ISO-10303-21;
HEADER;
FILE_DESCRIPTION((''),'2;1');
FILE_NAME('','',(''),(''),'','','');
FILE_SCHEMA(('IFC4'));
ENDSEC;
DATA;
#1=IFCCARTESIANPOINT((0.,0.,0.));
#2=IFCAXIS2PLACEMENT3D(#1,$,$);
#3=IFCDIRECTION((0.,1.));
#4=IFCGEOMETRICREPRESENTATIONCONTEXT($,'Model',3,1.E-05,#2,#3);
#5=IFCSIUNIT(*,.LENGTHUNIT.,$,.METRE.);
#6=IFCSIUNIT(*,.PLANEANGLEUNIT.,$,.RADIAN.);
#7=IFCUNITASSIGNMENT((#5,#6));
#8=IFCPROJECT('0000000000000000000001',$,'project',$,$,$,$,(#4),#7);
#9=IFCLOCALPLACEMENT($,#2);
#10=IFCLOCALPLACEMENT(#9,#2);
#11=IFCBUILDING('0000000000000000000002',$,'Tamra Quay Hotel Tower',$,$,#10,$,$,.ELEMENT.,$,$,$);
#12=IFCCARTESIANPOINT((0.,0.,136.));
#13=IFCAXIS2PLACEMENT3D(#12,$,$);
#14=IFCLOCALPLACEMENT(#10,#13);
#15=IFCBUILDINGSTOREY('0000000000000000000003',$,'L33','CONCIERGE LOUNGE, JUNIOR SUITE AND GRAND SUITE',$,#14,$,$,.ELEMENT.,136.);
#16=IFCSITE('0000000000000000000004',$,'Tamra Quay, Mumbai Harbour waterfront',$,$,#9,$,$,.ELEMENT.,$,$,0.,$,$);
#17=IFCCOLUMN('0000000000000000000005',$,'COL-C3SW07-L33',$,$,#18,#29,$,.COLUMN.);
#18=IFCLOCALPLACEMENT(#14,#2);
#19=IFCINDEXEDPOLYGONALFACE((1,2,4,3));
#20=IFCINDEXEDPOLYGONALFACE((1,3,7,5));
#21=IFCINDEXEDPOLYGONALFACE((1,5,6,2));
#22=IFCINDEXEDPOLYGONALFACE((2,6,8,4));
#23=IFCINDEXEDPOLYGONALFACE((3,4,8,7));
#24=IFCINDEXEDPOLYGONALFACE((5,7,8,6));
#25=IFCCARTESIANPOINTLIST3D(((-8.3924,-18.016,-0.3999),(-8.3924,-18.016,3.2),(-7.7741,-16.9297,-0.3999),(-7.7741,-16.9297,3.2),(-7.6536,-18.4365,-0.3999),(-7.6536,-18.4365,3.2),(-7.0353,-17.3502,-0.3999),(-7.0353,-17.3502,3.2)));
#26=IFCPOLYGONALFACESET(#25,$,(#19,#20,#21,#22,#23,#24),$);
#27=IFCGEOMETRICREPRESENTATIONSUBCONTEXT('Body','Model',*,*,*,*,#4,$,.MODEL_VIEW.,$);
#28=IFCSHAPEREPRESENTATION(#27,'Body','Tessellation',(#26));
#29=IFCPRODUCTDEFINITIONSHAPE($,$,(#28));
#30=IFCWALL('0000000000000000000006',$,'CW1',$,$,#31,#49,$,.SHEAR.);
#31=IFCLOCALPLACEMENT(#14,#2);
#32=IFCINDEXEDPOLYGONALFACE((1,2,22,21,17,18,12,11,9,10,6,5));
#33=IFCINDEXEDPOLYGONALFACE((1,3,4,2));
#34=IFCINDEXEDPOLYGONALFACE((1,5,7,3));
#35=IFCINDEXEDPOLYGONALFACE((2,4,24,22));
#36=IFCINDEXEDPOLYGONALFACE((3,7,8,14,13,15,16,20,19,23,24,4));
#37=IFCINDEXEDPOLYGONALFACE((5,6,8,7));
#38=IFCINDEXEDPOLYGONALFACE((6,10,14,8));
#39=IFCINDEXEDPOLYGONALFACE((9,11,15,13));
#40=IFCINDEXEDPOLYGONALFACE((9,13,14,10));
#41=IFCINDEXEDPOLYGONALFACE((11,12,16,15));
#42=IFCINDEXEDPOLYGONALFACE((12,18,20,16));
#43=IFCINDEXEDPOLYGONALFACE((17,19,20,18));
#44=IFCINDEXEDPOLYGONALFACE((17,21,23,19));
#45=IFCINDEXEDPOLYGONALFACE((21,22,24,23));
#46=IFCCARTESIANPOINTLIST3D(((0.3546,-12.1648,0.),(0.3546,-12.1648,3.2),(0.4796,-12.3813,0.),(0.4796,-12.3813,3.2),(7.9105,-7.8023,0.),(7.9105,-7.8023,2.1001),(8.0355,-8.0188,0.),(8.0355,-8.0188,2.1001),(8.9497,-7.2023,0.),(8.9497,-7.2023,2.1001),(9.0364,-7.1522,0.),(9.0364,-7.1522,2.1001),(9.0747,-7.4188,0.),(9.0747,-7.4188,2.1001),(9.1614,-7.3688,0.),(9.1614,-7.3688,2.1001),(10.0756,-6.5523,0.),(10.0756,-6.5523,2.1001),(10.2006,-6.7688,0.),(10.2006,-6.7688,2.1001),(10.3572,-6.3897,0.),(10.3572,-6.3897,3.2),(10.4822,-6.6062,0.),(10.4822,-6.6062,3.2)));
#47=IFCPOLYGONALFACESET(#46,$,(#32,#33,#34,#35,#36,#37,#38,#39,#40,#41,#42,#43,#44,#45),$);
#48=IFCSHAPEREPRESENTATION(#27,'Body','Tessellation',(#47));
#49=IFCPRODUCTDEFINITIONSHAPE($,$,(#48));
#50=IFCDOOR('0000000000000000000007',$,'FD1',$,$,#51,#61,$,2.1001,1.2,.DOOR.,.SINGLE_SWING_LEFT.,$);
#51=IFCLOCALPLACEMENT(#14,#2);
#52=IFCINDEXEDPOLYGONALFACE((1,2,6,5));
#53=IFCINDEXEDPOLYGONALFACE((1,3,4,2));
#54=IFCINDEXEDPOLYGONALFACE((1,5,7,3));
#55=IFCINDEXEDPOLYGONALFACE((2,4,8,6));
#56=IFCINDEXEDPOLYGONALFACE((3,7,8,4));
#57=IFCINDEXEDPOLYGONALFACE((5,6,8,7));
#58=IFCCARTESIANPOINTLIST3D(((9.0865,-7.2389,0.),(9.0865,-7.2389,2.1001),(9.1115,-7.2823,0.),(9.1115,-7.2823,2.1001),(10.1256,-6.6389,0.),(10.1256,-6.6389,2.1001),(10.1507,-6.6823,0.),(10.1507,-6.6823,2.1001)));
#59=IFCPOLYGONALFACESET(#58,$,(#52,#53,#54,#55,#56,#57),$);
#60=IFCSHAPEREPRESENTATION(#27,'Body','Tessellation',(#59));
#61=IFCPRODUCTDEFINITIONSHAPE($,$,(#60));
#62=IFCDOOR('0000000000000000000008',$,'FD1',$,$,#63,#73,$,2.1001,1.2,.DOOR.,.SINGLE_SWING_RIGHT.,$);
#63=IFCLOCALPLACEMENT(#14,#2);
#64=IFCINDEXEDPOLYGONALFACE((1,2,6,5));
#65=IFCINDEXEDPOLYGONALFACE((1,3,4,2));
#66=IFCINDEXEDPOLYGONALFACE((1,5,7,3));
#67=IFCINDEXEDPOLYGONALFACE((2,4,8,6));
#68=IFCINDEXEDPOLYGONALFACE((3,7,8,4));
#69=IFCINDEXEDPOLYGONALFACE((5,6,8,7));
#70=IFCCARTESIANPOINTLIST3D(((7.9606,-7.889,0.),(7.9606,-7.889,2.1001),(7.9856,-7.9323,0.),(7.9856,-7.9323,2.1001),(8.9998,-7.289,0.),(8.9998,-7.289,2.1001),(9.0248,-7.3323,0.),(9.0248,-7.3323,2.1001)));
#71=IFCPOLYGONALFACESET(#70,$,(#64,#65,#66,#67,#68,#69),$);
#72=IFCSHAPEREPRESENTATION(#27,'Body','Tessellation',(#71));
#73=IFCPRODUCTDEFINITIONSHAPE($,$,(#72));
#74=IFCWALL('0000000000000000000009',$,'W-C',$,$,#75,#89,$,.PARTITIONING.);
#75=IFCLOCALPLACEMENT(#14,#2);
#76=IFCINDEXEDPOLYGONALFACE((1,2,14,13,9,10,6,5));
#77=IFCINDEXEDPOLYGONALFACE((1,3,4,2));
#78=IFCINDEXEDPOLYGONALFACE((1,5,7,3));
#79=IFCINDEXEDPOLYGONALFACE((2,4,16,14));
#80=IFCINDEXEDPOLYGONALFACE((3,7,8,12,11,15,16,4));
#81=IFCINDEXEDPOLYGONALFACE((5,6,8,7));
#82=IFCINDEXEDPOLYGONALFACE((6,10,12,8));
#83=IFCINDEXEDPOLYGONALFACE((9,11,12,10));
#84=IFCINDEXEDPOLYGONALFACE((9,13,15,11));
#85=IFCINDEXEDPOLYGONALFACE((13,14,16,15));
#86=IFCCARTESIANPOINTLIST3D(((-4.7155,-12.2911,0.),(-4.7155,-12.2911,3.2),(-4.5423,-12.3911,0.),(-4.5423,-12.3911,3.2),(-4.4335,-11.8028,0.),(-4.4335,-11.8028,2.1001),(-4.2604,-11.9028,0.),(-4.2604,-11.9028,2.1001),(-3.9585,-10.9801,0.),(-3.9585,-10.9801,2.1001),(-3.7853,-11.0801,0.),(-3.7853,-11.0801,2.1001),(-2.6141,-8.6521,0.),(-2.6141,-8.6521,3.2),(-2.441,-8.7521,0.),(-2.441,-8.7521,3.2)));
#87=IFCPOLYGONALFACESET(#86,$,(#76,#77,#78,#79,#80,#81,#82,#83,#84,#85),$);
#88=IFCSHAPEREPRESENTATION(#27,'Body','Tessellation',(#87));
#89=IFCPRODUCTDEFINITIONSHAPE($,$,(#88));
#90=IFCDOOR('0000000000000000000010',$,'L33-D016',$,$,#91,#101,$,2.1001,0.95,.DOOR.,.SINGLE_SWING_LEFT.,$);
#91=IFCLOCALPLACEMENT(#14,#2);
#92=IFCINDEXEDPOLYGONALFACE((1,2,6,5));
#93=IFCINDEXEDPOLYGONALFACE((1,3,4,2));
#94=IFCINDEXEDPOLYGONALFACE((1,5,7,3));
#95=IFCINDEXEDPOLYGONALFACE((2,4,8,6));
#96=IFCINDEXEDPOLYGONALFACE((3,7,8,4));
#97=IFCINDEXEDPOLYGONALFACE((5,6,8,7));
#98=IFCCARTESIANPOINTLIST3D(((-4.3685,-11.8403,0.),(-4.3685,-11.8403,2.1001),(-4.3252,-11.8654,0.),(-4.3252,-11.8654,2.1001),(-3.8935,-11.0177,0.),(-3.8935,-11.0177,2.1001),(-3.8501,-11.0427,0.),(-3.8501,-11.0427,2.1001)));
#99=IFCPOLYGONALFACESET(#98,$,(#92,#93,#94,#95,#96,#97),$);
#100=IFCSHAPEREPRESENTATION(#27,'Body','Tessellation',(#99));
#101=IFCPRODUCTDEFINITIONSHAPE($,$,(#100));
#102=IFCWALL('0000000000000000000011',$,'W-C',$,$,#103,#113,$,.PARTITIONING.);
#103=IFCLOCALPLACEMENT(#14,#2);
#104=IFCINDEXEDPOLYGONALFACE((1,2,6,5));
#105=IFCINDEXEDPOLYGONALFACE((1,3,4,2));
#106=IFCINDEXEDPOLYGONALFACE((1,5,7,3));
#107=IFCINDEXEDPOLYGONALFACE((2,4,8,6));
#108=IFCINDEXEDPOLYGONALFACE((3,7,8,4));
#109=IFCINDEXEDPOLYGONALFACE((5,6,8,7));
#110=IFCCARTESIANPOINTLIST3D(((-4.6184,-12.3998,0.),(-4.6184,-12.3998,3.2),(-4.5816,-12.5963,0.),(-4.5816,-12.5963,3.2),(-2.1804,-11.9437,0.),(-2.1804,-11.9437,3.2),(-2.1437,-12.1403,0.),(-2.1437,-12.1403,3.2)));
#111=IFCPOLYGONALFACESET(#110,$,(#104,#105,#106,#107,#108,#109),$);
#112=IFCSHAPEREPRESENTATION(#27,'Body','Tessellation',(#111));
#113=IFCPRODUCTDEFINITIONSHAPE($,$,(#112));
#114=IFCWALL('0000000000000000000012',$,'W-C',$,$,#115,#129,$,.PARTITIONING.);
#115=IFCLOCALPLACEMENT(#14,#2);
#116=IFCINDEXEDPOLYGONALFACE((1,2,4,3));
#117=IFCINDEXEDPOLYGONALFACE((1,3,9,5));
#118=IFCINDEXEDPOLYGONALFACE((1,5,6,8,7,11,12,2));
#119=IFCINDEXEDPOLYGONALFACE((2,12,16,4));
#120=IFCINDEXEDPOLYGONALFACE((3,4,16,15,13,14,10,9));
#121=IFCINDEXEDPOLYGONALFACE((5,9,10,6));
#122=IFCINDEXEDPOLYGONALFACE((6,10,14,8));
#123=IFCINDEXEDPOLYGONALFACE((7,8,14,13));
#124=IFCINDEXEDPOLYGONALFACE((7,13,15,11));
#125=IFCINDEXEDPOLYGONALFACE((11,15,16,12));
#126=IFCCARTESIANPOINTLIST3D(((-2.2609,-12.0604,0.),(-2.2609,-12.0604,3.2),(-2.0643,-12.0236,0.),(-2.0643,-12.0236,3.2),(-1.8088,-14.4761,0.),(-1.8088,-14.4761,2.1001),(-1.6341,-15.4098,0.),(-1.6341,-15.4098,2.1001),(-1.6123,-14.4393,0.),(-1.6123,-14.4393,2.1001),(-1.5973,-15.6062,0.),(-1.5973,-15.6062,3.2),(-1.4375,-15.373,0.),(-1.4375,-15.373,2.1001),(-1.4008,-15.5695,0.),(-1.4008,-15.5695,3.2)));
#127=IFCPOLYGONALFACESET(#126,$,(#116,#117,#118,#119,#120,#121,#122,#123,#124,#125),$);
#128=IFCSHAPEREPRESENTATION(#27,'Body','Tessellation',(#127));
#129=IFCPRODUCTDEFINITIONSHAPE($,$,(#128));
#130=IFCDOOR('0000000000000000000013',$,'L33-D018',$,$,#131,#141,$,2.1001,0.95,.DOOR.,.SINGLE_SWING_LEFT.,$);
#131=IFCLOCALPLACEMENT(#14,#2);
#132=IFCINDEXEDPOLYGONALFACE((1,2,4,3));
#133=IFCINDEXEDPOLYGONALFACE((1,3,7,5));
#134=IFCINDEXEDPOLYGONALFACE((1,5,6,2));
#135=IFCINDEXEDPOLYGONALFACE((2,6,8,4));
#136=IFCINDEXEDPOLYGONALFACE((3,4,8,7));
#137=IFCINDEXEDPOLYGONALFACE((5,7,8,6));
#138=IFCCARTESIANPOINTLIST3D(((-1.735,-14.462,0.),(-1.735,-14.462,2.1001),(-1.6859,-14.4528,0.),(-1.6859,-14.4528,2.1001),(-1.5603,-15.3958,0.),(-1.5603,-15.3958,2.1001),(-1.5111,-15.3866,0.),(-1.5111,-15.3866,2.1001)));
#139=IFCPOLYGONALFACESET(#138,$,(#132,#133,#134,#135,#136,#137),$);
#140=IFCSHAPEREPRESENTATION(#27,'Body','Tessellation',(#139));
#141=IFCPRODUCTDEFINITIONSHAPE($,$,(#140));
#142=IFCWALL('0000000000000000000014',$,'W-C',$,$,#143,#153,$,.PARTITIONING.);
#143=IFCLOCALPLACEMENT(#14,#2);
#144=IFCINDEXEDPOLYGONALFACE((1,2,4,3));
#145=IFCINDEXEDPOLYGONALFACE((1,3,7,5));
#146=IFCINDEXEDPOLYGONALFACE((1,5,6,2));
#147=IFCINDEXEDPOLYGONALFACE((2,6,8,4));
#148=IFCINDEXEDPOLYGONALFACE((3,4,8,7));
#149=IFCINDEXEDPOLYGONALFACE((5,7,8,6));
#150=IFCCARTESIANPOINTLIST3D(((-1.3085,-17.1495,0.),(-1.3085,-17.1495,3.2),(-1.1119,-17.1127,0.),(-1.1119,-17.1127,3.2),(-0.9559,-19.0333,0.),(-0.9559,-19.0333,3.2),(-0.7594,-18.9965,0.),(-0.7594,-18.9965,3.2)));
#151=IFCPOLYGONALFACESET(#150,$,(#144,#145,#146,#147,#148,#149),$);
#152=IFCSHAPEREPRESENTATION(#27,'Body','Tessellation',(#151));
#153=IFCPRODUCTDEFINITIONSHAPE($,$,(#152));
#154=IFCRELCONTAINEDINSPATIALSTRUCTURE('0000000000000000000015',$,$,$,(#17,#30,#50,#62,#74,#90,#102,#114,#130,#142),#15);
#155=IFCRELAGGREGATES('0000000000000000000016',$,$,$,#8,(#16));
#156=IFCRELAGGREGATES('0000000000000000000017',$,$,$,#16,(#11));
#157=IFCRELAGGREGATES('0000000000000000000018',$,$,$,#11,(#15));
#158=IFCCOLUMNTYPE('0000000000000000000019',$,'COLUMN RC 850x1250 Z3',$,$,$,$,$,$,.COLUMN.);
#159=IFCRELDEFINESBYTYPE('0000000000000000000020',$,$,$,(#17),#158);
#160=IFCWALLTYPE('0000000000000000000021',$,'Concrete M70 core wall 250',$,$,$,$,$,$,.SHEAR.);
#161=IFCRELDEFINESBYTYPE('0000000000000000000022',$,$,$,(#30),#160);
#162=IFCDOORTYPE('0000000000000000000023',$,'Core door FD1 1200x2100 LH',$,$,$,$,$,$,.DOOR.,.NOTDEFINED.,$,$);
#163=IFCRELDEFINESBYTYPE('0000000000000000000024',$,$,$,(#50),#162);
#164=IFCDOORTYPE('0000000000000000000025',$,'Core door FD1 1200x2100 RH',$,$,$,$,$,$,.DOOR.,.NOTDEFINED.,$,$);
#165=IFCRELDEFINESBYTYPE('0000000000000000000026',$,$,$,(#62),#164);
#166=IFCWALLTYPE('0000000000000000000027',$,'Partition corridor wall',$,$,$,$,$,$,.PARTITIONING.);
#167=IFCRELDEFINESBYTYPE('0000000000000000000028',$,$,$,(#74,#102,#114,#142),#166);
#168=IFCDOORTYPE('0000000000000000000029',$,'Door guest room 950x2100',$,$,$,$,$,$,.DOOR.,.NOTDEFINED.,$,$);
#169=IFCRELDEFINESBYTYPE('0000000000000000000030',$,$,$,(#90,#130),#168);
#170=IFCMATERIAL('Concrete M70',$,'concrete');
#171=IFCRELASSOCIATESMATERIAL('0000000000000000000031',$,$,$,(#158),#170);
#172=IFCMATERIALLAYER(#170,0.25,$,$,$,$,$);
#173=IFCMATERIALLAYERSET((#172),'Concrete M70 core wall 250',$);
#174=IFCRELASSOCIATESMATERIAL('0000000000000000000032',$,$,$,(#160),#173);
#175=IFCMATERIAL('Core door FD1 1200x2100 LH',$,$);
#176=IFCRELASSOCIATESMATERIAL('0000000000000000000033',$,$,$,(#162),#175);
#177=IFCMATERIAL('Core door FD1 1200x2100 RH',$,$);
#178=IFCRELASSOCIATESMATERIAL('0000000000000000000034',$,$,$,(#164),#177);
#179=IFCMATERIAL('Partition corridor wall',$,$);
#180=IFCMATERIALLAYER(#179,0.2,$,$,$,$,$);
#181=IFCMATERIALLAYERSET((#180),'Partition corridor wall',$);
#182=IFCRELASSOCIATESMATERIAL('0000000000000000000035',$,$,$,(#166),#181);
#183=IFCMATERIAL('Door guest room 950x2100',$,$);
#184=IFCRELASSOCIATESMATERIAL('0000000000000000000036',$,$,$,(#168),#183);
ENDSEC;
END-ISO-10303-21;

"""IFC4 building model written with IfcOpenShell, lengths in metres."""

from ifc_helpers import new_model, si_unit, direction, frame, frame_2d, origin, origin_2d, place, context, subcontext, project, spatial, rectangle, extrude, material, layer, layer_set, material_profile, profile_set, type_object, element, fill, save


model = new_model("IFC4")

# Units and contexts
model_context = context("Model", 3, precision=1e-05, world=origin(), true_north=direction((0.0, 1.0)))
body_context = subcontext(model_context, "Body", "Model", "MODEL_VIEW")
ifc_project = project(units=[si_unit("LENGTHUNIT", "METRE"), si_unit("PLANEANGLEUNIT", "RADIAN")], contexts=[model_context])

# Site, building, storey
site_placement = place(None, origin())
site = spatial("IfcSite", under=ifc_project, at=site_placement, Name="Tamra Quay, Mumbai Harbour waterfront", CompositionType="ELEMENT", RefElevation=0.0)
building_placement = place(site_placement, origin())
building = spatial("IfcBuilding", under=site, at=building_placement, Name="Tamra Quay Hotel Tower", CompositionType="ELEMENT")
storey_placement = place(building_placement, frame((0.0, 0.0, 136.0)))
storey = spatial("IfcBuildingStorey", under=building, at=storey_placement, Name="L33", Description="CONCIERGE LOUNGE, JUNIOR SUITE AND GRAND SUITE", CompositionType="ELEMENT", Elevation=136.0)

# Column
ifc_material_1 = material(Name="Concrete M70", Category="concrete")
ifc_material_profile = material_profile(ifc_material_1, rectangle(XDim=1.25, YDim=0.8501, at=origin_2d()), Name="COLUMN RC 850x1250 Z3")
ifc_profile_set = profile_set([ifc_material_profile], Name="Concrete M70")
column_type = type_object("IfcColumnType", Name="COLUMN RC 850x1250 Z3", PredefinedType="COLUMN", material=ifc_profile_set)
column_placement = place(storey_placement, frame((-7.7139, -17.6831, -0.3999), z_axis=(0.0, 0.0, 1.0), x_axis=(0.494656, 0.869089, 0.0)))
element("IfcColumn", 1, at=column_placement, inside=storey, type_object=column_type, Name="COL-C3SW07-L33", PredefinedType="COLUMN", context=body_context, shape_type="SweptSolid", body=[
    extrude(rectangle(XDim=1.25, YDim=0.8501, at=origin_2d()), origin(), (0.0, 0.0, 1.0), 3.5999),
])

# Wall, openings, doors
ifc_layer_1 = layer(ifc_material_1, 0.25)
ifc_layer_set_1 = layer_set([ifc_layer_1], Name="Concrete M70 core wall 250")
wall_type_1 = type_object("IfcWallType", Name="Concrete M70 core wall 250", PredefinedType="SHEAR", material=ifc_layer_set_1)
wall_1_placement = place(storey_placement, frame((0.4172, -12.2729, 0.0), z_axis=(0.0, 0.0, 1.0), x_axis=(0.866022, 0.500006, 0.0)))
wall_1 = element("IfcWall", 2, at=wall_1_placement, inside=storey, type_object=wall_type_1, Name="CW1", PredefinedType="SHEAR", context=body_context, shape_type="SweptSolid", body=[
    extrude(rectangle(XDim=11.55, YDim=0.25, at=frame_2d((5.7749, 0.0))), origin(), (0.0, 0.0, 1.0), 3.2),
])
opening_1_placement = place(wall_1_placement, frame((10.0247, 0.0, 0.0)))
opening_1 = element("IfcOpeningElement", 3, at=opening_1_placement, cuts=wall_1, PredefinedType="OPENING", context=body_context, shape_type="SweptSolid", body=[
    extrude(rectangle(XDim=1.2, YDim=2.1001, at=frame_2d((0.6001, 1.05))), frame((0.0, 0.135, 0.0), z_axis=(0.0, -1.0, 0.0), x_axis=(1.0, 0.0, 0.0)), (0.0, 0.0, 1.0), 0.27),
])
opening_2_placement = place(wall_1_placement, frame((8.7246, 0.0, 0.0)))
opening_2 = element("IfcOpeningElement", 4, at=opening_2_placement, cuts=wall_1, PredefinedType="OPENING", context=body_context, shape_type="SweptSolid", body=[
    extrude(rectangle(XDim=1.2, YDim=2.1001, at=frame_2d((0.6001, 1.05))), frame((0.0, 0.135, 0.0), z_axis=(0.0, -1.0, 0.0), x_axis=(1.0, 0.0, 0.0)), (0.0, 0.0, 1.0), 0.27),
])
ifc_material_2 = material(Name="Core door FD1 1200x2100 LH")
door_type_1 = type_object("IfcDoorType", Name="Core door FD1 1200x2100 LH", OperationType="NOTDEFINED", PredefinedType="DOOR", material=ifc_material_2)
door_1_placement = place(opening_1_placement, origin())
door_1 = element("IfcDoor", 5, at=door_1_placement, inside=storey, type_object=door_type_1, Name="FD1", OperationType="SINGLE_SWING_LEFT", OverallHeight=2.1001, OverallWidth=1.2, PredefinedType="DOOR", context=body_context, shape_type="SweptSolid", body=[
    extrude(rectangle(XDim=1.2, YDim=2.1001, at=frame_2d((0.6001, 1.05))), frame((0.0, 0.0249, 0.0), z_axis=(0.0, -1.0, 0.0), x_axis=(1.0, 0.0, 0.0)), (0.0, 0.0, 1.0), 0.05),
])
fill(opening_1, door_1)
ifc_material_3 = material(Name="Core door FD1 1200x2100 RH")
door_type_2 = type_object("IfcDoorType", Name="Core door FD1 1200x2100 RH", OperationType="NOTDEFINED", PredefinedType="DOOR", material=ifc_material_3)
door_2_placement = place(opening_2_placement, origin())
door_2 = element("IfcDoor", 6, at=door_2_placement, inside=storey, type_object=door_type_2, Name="FD1", OperationType="SINGLE_SWING_RIGHT", OverallHeight=2.1001, OverallWidth=1.2, PredefinedType="DOOR", context=body_context, shape_type="SweptSolid", body=[
    extrude(rectangle(XDim=1.2, YDim=2.1001, at=frame_2d((0.6001, 1.05))), frame((0.0, 0.0249, 0.0), z_axis=(0.0, -1.0, 0.0), x_axis=(1.0, 0.0, 0.0)), (0.0, 0.0, 1.0), 0.05),
])
fill(opening_2, door_2)

# Wall, opening, door
ifc_material_4 = material(Name="Partition corridor wall")
ifc_layer_2 = layer(ifc_material_4, 0.2)
ifc_layer_set_2 = layer_set([ifc_layer_2], Name="Partition corridor wall")
wall_type_2 = type_object("IfcWallType", Name="Partition corridor wall", PredefinedType="PARTITIONING", material=ifc_layer_set_2)
wall_2_placement = place(storey_placement, frame((-4.6289, -12.3411, 0.0), z_axis=(0.0, 0.0, 1.0), x_axis=(0.500069, 0.865985, 0.0)))
wall_2 = element("IfcWall", 7, at=wall_2_placement, inside=storey, type_object=wall_type_2, Name="W-C", PredefinedType="PARTITIONING", context=body_context, shape_type="SweptSolid", body=[
    extrude(rectangle(XDim=4.2021, YDim=0.2, at=frame_2d((2.1011, 0.0))), origin(), (0.0, 0.0, 1.0), 3.2),
])
opening_3_placement = place(wall_2_placement, frame((0.5637, 0.0, 0.0)))
opening_3 = element("IfcOpeningElement", 8, at=opening_3_placement, cuts=wall_2, PredefinedType="OPENING", context=body_context, shape_type="SweptSolid", body=[
    extrude(rectangle(XDim=0.95, YDim=2.1001, at=frame_2d((0.4751, 1.05))), frame((0.0, 0.1099, 0.0), z_axis=(0.0, -1.0, 0.0), x_axis=(1.0, 0.0, 0.0)), (0.0, 0.0, 1.0), 0.22),
])
ifc_material_5 = material(Name="Door guest room 950x2100")
door_type_3 = type_object("IfcDoorType", Name="Door guest room 950x2100", OperationType="NOTDEFINED", PredefinedType="DOOR", material=ifc_material_5)
door_3_placement = place(opening_3_placement, origin())
door_3 = element("IfcDoor", 9, at=door_3_placement, inside=storey, type_object=door_type_3, Name="L33-D016", OperationType="SINGLE_SWING_LEFT", OverallHeight=2.1001, OverallWidth=0.95, PredefinedType="DOOR", context=body_context, shape_type="SweptSolid", body=[
    extrude(rectangle(XDim=0.95, YDim=2.1001, at=frame_2d((0.4751, 1.05))), frame((0.0, 0.0249, 0.0), z_axis=(0.0, -1.0, 0.0), x_axis=(1.0, 0.0, 0.0)), (0.0, 0.0, 1.0), 0.05),
])
fill(opening_3, door_3)

# Wall
wall_3_placement = place(storey_placement, frame((-4.6001, -12.498, 0.0), z_axis=(0.0, 0.0, 1.0), x_axis=(0.98295, 0.183873, 0.0)))
element("IfcWall", 10, at=wall_3_placement, inside=storey, type_object=wall_type_2, Name="W-C", PredefinedType="PARTITIONING", context=body_context, shape_type="SweptSolid", body=[
    extrude(rectangle(XDim=2.4802, YDim=0.2, at=frame_2d((1.2402, 0.0))), origin(), (0.0, 0.0, 1.0), 3.2),
])

# Wall, opening, door
wall_4_placement = place(storey_placement, frame((-2.1626, -12.042, 0.0), z_axis=(0.0, 0.0, 1.0), x_axis=(0.183945, -0.982936, 0.0)))
wall_4 = element("IfcWall", 11, at=wall_4_placement, inside=storey, type_object=wall_type_2, Name="W-C", PredefinedType="PARTITIONING", context=body_context, shape_type="SweptSolid", body=[
    extrude(rectangle(XDim=3.6074, YDim=0.2, at=frame_2d((1.8037, 0.0))), origin(), (0.0, 0.0, 1.0), 3.2),
])
opening_4_placement = place(wall_4_placement, frame((2.4575, 0.0, 0.0)))
opening_4 = element("IfcOpeningElement", 12, at=opening_4_placement, cuts=wall_4, PredefinedType="OPENING", context=body_context, shape_type="SweptSolid", body=[
    extrude(rectangle(XDim=0.95, YDim=2.1001, at=frame_2d((0.4751, 1.05))), frame((0.0, 0.1099, 0.0), z_axis=(0.0, -1.0, 0.0), x_axis=(1.0, 0.0, 0.0)), (0.0, 0.0, 1.0), 0.22),
])
door_4_placement = place(opening_4_placement, frame((0.95, 0.0, 0.0), z_axis=(0.0, 0.0, 1.0), x_axis=(-1.0, 0.0, 0.0)))
door_4 = element("IfcDoor", 13, at=door_4_placement, inside=storey, type_object=door_type_3, Name="L33-D018", OperationType="SINGLE_SWING_LEFT", OverallHeight=2.1001, OverallWidth=0.95, PredefinedType="DOOR", context=body_context, shape_type="SweptSolid", body=[
    extrude(rectangle(XDim=0.95, YDim=2.1001, at=frame_2d((0.4751, 1.05))), frame((0.0, 0.0249, 0.0), z_axis=(0.0, -1.0, 0.0), x_axis=(1.0, 0.0, 0.0)), (0.0, 0.0, 1.0), 0.05),
])
fill(opening_4, door_4)

# Wall
wall_5_placement = place(storey_placement, frame((-1.2102, -17.1311, 0.0), z_axis=(0.0, 0.0, 1.0), x_axis=(0.18395, -0.982936, 0.0)))
element("IfcWall", 14, at=wall_5_placement, inside=storey, type_object=wall_type_2, Name="W-C", PredefinedType="PARTITIONING", context=body_context, shape_type="SweptSolid", body=[
    extrude(rectangle(XDim=1.9165, YDim=0.2, at=frame_2d((0.9583, 0.0))), origin(), (0.0, 0.0, 1.0), 3.2),
])

save(model, "model.ifc")
